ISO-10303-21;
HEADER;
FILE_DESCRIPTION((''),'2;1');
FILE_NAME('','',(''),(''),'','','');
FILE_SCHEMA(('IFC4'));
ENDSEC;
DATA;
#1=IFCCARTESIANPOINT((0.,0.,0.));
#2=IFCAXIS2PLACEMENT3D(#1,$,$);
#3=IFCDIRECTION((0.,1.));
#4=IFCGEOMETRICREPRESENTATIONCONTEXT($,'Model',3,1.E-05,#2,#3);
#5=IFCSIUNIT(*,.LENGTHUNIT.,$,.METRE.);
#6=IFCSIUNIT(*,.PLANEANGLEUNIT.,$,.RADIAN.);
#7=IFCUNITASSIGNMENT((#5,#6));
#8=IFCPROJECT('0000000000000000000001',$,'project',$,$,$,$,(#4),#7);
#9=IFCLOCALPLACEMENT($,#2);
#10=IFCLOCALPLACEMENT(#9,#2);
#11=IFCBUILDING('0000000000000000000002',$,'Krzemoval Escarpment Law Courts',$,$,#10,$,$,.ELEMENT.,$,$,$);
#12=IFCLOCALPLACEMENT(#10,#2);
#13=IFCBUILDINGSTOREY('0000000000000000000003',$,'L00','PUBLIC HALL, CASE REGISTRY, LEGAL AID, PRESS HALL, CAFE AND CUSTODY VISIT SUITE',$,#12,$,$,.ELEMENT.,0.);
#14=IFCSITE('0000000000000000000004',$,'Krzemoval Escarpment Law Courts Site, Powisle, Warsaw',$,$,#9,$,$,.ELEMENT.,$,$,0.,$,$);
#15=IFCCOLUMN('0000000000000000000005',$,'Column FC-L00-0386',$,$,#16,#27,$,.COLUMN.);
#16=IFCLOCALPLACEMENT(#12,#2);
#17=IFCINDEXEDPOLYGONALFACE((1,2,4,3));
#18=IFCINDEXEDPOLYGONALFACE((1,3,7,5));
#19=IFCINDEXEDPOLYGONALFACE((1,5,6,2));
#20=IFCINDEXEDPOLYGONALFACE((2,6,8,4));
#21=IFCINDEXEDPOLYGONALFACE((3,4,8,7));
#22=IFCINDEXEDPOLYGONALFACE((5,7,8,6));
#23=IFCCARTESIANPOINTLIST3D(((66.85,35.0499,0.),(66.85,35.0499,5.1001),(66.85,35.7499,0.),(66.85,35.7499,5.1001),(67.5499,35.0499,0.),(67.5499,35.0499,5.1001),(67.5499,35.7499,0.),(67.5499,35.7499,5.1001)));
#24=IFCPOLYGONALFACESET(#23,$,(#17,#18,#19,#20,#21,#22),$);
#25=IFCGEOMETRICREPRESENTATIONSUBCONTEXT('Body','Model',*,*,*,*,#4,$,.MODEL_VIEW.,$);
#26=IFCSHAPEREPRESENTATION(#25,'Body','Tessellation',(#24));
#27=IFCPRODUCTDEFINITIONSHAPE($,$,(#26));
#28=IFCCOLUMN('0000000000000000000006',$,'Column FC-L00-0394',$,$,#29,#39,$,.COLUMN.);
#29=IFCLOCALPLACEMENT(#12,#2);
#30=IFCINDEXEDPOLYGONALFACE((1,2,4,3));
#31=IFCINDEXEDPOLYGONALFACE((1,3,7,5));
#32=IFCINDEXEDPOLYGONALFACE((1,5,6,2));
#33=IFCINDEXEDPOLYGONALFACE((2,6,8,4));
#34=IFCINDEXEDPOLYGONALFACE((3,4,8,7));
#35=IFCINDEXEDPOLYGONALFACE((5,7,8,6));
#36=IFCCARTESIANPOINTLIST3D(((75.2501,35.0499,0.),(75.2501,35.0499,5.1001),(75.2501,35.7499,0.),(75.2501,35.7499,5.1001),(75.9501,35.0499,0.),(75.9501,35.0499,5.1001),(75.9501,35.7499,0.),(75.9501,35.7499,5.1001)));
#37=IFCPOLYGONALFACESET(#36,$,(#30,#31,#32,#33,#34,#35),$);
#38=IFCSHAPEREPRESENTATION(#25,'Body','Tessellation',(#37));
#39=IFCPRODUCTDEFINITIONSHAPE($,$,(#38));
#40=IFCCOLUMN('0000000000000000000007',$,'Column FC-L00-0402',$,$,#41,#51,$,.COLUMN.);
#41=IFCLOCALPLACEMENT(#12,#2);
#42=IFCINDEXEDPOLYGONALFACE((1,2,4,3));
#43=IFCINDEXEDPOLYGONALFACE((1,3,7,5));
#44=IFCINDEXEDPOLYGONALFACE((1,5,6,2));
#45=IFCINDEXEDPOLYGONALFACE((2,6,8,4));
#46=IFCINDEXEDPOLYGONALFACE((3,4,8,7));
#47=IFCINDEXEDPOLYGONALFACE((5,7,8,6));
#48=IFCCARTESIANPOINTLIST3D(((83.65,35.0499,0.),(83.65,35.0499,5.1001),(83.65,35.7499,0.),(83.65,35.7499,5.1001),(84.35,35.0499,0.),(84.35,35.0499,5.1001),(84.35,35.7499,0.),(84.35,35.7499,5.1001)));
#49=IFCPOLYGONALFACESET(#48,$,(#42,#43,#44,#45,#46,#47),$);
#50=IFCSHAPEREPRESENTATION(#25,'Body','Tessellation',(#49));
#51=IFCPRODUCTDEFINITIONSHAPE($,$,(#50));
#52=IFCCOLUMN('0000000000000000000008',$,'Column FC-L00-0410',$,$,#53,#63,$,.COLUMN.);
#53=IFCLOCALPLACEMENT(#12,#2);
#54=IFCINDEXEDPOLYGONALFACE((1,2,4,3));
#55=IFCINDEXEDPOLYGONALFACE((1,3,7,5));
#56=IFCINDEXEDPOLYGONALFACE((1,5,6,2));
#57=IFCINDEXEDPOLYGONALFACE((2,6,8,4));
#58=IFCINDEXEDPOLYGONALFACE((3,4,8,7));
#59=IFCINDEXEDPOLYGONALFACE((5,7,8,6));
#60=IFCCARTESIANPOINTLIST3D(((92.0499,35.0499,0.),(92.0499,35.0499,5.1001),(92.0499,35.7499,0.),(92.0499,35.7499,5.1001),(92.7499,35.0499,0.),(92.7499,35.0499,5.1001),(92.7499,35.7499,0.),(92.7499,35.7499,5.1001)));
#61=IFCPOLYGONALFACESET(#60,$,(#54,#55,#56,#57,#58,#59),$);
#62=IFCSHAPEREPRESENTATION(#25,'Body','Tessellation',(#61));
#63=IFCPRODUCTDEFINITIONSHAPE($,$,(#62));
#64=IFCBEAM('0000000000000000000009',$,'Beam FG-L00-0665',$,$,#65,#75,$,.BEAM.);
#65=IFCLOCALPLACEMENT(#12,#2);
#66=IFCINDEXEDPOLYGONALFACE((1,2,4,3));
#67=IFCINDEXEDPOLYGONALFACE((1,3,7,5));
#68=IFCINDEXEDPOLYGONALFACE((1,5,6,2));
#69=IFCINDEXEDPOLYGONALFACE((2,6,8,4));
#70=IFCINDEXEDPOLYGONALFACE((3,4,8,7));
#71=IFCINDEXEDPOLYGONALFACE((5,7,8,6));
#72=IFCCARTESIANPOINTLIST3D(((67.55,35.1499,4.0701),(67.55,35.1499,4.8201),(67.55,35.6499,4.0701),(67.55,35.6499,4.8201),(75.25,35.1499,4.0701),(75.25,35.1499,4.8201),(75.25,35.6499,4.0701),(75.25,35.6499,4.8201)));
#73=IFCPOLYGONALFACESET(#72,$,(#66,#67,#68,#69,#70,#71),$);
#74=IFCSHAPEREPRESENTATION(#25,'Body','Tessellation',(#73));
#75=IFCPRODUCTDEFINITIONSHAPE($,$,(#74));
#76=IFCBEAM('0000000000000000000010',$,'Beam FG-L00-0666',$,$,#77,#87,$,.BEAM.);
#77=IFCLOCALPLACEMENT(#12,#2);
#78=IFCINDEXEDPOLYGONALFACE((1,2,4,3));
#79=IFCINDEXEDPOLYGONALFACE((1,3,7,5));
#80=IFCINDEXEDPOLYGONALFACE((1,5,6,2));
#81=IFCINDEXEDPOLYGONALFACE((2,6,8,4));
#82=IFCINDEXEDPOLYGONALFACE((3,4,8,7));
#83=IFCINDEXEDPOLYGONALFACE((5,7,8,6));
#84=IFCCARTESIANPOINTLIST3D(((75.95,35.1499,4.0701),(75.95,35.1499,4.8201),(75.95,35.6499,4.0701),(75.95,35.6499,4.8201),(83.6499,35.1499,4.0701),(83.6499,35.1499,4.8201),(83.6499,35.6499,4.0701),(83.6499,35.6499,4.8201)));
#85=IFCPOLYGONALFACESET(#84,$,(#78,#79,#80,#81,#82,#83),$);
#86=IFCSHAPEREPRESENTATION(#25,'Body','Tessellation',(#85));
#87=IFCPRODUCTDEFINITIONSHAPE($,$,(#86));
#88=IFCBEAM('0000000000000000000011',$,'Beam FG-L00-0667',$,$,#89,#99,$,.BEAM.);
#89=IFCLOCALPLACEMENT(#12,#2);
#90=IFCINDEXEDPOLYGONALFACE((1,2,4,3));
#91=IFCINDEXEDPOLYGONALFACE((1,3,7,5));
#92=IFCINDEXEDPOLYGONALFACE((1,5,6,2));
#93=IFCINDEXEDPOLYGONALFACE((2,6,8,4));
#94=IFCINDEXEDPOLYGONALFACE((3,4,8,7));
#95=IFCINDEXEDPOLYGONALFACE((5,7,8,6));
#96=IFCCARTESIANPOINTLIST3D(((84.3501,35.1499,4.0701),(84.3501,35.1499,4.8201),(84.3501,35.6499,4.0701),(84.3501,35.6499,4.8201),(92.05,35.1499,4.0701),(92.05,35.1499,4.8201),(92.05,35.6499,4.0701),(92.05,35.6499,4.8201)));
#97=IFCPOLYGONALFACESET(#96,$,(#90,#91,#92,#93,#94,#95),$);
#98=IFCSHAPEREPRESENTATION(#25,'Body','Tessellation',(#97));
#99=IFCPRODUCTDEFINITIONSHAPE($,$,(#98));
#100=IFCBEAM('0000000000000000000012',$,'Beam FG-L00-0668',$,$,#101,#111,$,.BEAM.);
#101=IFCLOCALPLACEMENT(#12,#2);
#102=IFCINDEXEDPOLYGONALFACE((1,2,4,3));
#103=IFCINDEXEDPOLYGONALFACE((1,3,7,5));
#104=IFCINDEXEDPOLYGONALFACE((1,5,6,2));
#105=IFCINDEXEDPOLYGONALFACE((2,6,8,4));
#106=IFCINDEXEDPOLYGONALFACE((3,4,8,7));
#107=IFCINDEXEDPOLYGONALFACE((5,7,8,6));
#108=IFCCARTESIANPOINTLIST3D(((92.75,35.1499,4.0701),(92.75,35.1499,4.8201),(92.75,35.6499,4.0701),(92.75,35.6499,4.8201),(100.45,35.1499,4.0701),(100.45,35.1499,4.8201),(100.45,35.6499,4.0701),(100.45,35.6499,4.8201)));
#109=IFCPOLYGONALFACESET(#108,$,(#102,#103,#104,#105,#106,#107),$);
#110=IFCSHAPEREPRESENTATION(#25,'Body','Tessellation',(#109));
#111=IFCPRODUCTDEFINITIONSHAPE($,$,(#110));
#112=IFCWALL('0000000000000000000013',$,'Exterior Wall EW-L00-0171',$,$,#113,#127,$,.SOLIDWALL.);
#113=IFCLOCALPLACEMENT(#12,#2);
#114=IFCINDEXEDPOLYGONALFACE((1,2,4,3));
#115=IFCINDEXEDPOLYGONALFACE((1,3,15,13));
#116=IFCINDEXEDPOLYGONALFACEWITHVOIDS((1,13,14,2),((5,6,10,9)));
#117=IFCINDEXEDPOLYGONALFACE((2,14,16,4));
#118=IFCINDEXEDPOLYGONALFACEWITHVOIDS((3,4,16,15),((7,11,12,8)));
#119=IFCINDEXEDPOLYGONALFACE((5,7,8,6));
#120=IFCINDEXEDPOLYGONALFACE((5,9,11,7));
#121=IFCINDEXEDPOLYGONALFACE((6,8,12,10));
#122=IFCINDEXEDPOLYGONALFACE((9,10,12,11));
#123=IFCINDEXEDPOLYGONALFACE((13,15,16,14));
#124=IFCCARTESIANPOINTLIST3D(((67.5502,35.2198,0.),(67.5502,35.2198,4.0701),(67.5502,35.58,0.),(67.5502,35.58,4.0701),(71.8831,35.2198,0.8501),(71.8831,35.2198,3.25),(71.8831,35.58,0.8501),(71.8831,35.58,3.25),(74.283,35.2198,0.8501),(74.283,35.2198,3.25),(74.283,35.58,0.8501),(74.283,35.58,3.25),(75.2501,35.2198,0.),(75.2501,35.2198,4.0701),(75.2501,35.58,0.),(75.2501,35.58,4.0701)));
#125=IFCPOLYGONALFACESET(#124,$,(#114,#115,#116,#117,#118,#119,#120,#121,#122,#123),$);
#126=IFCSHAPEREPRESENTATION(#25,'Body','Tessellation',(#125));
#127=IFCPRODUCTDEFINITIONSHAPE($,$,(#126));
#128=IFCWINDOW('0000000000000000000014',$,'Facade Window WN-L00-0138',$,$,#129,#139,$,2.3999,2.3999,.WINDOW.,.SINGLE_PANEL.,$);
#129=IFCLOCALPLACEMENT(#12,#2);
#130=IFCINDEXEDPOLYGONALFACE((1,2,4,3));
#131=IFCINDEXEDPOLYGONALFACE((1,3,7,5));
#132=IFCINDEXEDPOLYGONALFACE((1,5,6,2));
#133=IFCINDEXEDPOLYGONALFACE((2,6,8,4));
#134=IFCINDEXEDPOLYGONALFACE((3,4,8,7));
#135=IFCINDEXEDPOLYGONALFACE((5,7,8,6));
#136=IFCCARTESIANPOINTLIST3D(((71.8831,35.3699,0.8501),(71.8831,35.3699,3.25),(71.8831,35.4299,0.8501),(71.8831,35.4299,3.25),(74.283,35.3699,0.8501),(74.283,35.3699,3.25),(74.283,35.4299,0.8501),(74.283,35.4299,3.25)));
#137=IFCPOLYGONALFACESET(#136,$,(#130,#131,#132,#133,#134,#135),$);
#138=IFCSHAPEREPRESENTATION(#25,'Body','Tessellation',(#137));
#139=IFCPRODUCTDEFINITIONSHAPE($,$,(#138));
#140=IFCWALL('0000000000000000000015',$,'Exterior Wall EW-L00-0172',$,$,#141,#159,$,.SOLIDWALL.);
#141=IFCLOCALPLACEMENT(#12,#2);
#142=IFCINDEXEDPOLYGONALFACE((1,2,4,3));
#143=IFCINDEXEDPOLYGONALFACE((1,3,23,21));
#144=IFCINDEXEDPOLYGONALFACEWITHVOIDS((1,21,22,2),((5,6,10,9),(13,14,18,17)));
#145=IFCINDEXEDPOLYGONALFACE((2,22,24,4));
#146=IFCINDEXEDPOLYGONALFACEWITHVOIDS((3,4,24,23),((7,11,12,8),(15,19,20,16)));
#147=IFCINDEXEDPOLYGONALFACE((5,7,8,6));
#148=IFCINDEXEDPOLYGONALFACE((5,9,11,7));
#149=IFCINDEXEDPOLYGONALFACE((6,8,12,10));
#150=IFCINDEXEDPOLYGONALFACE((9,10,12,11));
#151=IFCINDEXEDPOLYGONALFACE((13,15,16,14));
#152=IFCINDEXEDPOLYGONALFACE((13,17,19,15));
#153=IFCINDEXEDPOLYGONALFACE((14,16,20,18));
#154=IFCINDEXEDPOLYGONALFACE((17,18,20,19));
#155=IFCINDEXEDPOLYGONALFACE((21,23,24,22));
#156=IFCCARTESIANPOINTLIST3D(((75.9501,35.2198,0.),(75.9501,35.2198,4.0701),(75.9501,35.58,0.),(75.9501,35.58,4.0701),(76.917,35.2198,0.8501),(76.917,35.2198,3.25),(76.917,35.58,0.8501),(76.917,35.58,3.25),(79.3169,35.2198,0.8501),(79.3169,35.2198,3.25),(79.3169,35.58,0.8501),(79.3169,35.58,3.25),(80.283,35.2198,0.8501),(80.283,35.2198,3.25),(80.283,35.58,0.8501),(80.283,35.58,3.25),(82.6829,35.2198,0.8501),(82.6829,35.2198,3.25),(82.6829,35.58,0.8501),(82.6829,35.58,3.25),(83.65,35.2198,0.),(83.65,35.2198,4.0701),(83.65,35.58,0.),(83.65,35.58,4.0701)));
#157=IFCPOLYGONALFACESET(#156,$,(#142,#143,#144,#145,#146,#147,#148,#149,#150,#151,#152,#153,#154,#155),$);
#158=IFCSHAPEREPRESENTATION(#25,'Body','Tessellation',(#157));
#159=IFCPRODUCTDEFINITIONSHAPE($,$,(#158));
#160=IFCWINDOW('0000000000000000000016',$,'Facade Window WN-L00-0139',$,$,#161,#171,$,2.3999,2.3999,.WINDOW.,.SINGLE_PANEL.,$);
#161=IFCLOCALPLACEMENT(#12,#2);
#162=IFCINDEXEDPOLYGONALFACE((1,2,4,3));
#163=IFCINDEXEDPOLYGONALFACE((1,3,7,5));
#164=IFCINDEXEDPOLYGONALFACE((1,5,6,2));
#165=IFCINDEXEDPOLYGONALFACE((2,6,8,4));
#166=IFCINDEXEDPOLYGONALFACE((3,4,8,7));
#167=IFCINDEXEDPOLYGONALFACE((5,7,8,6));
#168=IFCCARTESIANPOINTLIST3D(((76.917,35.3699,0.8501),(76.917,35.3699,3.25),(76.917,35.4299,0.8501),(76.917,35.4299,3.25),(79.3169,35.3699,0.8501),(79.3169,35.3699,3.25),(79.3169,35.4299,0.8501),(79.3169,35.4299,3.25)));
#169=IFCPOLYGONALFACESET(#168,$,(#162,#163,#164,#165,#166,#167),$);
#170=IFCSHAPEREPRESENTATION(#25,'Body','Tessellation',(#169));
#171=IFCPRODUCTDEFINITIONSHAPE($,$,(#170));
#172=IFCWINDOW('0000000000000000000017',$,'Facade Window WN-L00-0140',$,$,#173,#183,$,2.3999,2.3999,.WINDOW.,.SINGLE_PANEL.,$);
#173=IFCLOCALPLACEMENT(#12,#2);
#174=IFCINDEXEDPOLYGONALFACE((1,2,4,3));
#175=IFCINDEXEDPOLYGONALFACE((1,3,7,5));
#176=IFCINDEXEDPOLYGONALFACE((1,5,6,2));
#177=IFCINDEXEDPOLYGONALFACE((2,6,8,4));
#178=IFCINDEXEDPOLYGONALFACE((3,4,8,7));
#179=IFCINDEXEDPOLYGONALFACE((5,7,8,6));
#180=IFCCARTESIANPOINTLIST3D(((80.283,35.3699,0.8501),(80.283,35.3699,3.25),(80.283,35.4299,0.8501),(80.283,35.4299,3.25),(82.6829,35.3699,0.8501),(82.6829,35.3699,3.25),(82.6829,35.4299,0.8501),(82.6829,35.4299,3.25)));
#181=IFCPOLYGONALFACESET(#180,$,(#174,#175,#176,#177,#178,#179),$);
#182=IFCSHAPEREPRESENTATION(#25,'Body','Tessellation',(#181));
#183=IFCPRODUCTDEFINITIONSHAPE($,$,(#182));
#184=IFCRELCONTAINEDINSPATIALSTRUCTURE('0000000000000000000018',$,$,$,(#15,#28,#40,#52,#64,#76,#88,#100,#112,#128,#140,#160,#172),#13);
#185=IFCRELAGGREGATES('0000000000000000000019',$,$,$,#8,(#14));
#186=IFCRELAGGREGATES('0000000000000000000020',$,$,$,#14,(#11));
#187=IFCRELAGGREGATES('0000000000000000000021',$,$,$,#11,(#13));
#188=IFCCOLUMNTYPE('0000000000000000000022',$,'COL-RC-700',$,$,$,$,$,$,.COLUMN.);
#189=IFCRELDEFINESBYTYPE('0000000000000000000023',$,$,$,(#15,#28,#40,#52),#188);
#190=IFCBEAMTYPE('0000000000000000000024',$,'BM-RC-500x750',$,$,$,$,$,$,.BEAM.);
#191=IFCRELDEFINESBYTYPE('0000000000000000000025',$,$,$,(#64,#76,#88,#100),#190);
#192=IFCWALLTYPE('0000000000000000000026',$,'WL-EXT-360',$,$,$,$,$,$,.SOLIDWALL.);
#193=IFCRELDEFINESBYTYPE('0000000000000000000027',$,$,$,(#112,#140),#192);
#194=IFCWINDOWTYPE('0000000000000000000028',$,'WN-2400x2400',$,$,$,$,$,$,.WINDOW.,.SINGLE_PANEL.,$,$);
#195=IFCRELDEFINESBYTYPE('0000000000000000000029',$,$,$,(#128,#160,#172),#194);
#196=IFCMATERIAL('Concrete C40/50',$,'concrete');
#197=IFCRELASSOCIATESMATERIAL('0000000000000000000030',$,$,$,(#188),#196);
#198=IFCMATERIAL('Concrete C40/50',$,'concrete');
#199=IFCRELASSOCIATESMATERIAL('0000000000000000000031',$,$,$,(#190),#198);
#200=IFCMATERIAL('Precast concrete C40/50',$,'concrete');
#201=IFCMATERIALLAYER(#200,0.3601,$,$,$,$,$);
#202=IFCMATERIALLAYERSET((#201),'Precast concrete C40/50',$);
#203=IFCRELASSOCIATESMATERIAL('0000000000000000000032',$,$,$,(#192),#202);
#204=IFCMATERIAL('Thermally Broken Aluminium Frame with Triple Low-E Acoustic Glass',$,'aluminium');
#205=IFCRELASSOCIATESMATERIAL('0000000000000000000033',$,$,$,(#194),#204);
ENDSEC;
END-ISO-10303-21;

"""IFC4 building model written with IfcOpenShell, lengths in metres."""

from ifc_helpers import new_model, si_unit, direction, frame, frame_2d, origin, origin_2d, place, context, subcontext, project, spatial, rectangle, extrude, material, layer, layer_set, material_profile, profile_set, type_object, element, fill, save


model = new_model("IFC4")

# Units and contexts
model_context = context("Model", 3, precision=1e-05, world=origin(), true_north=direction((0.0, 1.0)))
body_context = subcontext(model_context, "Body", "Model", "MODEL_VIEW")
ifc_project = project(units=[si_unit("LENGTHUNIT", "METRE"), si_unit("PLANEANGLEUNIT", "RADIAN")], contexts=[model_context])

# Site, building, storey
site_placement = place(None, origin())
site = spatial("IfcSite", under=ifc_project, at=site_placement, Name="Krzemoval Escarpment Law Courts Site, Powisle, Warsaw", CompositionType="ELEMENT", RefElevation=0.0)
building_placement = place(site_placement, origin())
building = spatial("IfcBuilding", under=site, at=building_placement, Name="Krzemoval Escarpment Law Courts", CompositionType="ELEMENT")
storey_placement = place(building_placement, origin())
storey = spatial("IfcBuildingStorey", under=building, at=storey_placement, Name="L00", Description="PUBLIC HALL, CASE REGISTRY, LEGAL AID, PRESS HALL, CAFE AND CUSTODY VISIT SUITE", CompositionType="ELEMENT", Elevation=0.0)

# Columns
ifc_material_1 = material(Name="Concrete C40/50", Category="concrete")
ifc_material_profile_1 = material_profile(ifc_material_1, rectangle(XDim=0.7, YDim=0.7, at=origin_2d()), Name="RC 700x700")
ifc_profile_set_1 = profile_set([ifc_material_profile_1], Name="Concrete C40/50")
column_type = type_object("IfcColumnType", Name="COL-RC-700", PredefinedType="COLUMN", material=ifc_profile_set_1)
for number, where, z_axis, x_axis, name in (
    (1, (67.2, 35.3999, 0.0), (0.0, 0.0, 1.0), (1.0, 0.0, 0.0), "Column FC-L00-0386"),
    (2, (75.6001, 35.3999, 0.0), (0.0, 0.0, 1.0), (1.0, 0.0, 0.0), "Column FC-L00-0394"),
    (3, (84.0, 35.3999, 0.0), (0.0, 0.0, 1.0), (1.0, 0.0, 0.0), "Column FC-L00-0402"),
    (4, (92.3999, 35.3999, 0.0), (0.0, 0.0, 1.0), (1.0, 0.0, 0.0), "Column FC-L00-0410"),
):
    element("IfcColumn", number, at=place(storey_placement, frame(where, z_axis=z_axis, x_axis=x_axis)), inside=storey, type_object=column_type, Name=name, PredefinedType="COLUMN", context=body_context, shape_type="SweptSolid", body=[
        extrude(rectangle(XDim=0.7, YDim=0.7, at=origin_2d()), origin(), (0.0, 0.0, 1.0), 5.1001),
    ])

# Beams
ifc_material_2 = material(Name="Concrete C40/50", Category="concrete")
ifc_material_profile_2 = material_profile(ifc_material_2, rectangle(XDim=0.5, YDim=0.75, at=origin_2d()), Name="RCB 500x750")
ifc_profile_set_2 = profile_set([ifc_material_profile_2], Name="Concrete C40/50")
beam_type = type_object("IfcBeamType", Name="BM-RC-500x750", PredefinedType="BEAM", material=ifc_profile_set_2)
for number, where, z_axis, x_axis, name in (
    (5, (67.55, 35.3999, 4.4451), (1.0, 0.0, 0.0), (0.0, 1.0, 0.0), "Beam FG-L00-0665"),
    (6, (75.95, 35.3999, 4.4451), (1.0, 0.0, 0.0), (0.0, 1.0, 0.0), "Beam FG-L00-0666"),
    (7, (84.3501, 35.3999, 4.4451), (1.0, 0.0, 0.0), (0.0, 1.0, 0.0), "Beam FG-L00-0667"),
    (8, (92.75, 35.3999, 4.4451), (1.0, 0.0, 0.0), (0.0, 1.0, 0.0), "Beam FG-L00-0668"),
):
    element("IfcBeam", number, at=place(storey_placement, frame(where, z_axis=z_axis, x_axis=x_axis)), inside=storey, type_object=beam_type, Name=name, PredefinedType="BEAM", context=body_context, shape_type="SweptSolid", body=[
        extrude(rectangle(XDim=0.5, YDim=0.75, at=origin_2d()), origin(), (0.0, 0.0, 1.0), 7.7),
    ])

# Wall, opening, window
ifc_material_3 = material(Name="Precast concrete C40/50", Category="concrete")
ifc_layer_1 = layer(ifc_material_3, 0.3601)
ifc_layer_set_1 = layer_set([ifc_layer_1], Name="Precast concrete C40/50")
wall_type_1 = type_object("IfcWallType", Name="WL-EXT-360", PredefinedType="SOLIDWALL", material=ifc_layer_set_1)
wall_1_placement = place(storey_placement, frame((67.55, 35.3999, 0.0), z_axis=(0.0, 0.0, 1.0), x_axis=(1.0, 0.0, 0.0)))
wall_1 = element("IfcWall", 9, at=wall_1_placement, inside=storey, type_object=wall_type_1, Name="Exterior Wall EW-L00-0171", PredefinedType="SOLIDWALL", context=body_context, shape_type="SweptSolid", body=[
    extrude(rectangle(XDim=7.7, YDim=0.3601, at=frame_2d((3.8501, 0.0))), origin(), (0.0, 0.0, 1.0), 4.0701),
])
opening_1_placement = place(wall_1_placement, frame((4.333, 0.0, 0.8501)))
opening_1 = element("IfcOpeningElement", 10, at=opening_1_placement, cuts=wall_1, PredefinedType="OPENING", context=body_context, shape_type="SweptSolid", body=[
    extrude(rectangle(XDim=2.3999, YDim=2.3999, at=frame_2d((1.2, 1.2))), frame((0.0, 0.1951, 0.0), z_axis=(0.0, -1.0, 0.0), x_axis=(1.0, 0.0, 0.0)), (0.0, 0.0, 1.0), 0.3901),
])
ifc_material_4 = material(Name="Thermally Broken Aluminium Frame with Triple Low-E Acoustic Glass", Category="aluminium")
window_type = type_object("IfcWindowType", Name="WN-2400x2400", PartitioningType="SINGLE_PANEL", PredefinedType="WINDOW", material=ifc_material_4)
window_1_placement = place(opening_1_placement, origin())
window_1 = element("IfcWindow", 11, at=window_1_placement, inside=storey, type_object=window_type, Name="Facade Window WN-L00-0138", OverallHeight=2.3999, OverallWidth=2.3999, PartitioningType="SINGLE_PANEL", PredefinedType="WINDOW", context=body_context, shape_type="SweptSolid", body=[
    extrude(rectangle(XDim=2.3999, YDim=2.3999, at=frame_2d((1.2, 1.2))), frame((0.0, 0.03, 0.0), z_axis=(0.0, -1.0, 0.0), x_axis=(1.0, 0.0, 0.0)), (0.0, 0.0, 1.0), 0.0601),
])
fill(opening_1, window_1)

# Wall, openings, windows
wall_2_placement = place(storey_placement, frame((75.95, 35.3999, 0.0), z_axis=(0.0, 0.0, 1.0), x_axis=(1.0, 0.0, 0.0)))
wall_2 = element("IfcWall", 12, at=wall_2_placement, inside=storey, type_object=wall_type_1, Name="Exterior Wall EW-L00-0172", PredefinedType="SOLIDWALL", context=body_context, shape_type="SweptSolid", body=[
    extrude(rectangle(XDim=7.7, YDim=0.3601, at=frame_2d((3.8501, 0.0))), origin(), (0.0, 0.0, 1.0), 4.0701),
])
opening_2_placement = place(wall_2_placement, frame((0.967, 0.0, 0.8501)))
opening_2 = element("IfcOpeningElement", 13, at=opening_2_placement, cuts=wall_2, PredefinedType="OPENING", context=body_context, shape_type="SweptSolid", body=[
    extrude(rectangle(XDim=2.3999, YDim=2.3999, at=frame_2d((1.2, 1.2))), frame((0.0, 0.1951, 0.0), z_axis=(0.0, -1.0, 0.0), x_axis=(1.0, 0.0, 0.0)), (0.0, 0.0, 1.0), 0.3901),
])
opening_3_placement = place(wall_2_placement, frame((4.333, 0.0, 0.8501)))
opening_3 = element("IfcOpeningElement", 14, at=opening_3_placement, cuts=wall_2, PredefinedType="OPENING", context=body_context, shape_type="SweptSolid", body=[
    extrude(rectangle(XDim=2.3999, YDim=2.3999, at=frame_2d((1.2, 1.2))), frame((0.0, 0.1951, 0.0), z_axis=(0.0, -1.0, 0.0), x_axis=(1.0, 0.0, 0.0)), (0.0, 0.0, 1.0), 0.3901),
])
window_2_placement = place(opening_2_placement, origin())
window_2 = element("IfcWindow", 15, at=window_2_placement, inside=storey, type_object=window_type, Name="Facade Window WN-L00-0139", OverallHeight=2.3999, OverallWidth=2.3999, PartitioningType="SINGLE_PANEL", PredefinedType="WINDOW", context=body_context, shape_type="SweptSolid", body=[
    extrude(rectangle(XDim=2.3999, YDim=2.3999, at=frame_2d((1.2, 1.2))), frame((0.0, 0.03, 0.0), z_axis=(0.0, -1.0, 0.0), x_axis=(1.0, 0.0, 0.0)), (0.0, 0.0, 1.0), 0.0601),
])
fill(opening_2, window_2)
window_3_placement = place(opening_3_placement, origin())
window_3 = element("IfcWindow", 16, at=window_3_placement, inside=storey, type_object=window_type, Name="Facade Window WN-L00-0140", OverallHeight=2.3999, OverallWidth=2.3999, PartitioningType="SINGLE_PANEL", PredefinedType="WINDOW", context=body_context, shape_type="SweptSolid", body=[
    extrude(rectangle(XDim=2.3999, YDim=2.3999, at=frame_2d((1.2, 1.2))), frame((0.0, 0.03, 0.0), z_axis=(0.0, -1.0, 0.0), x_axis=(1.0, 0.0, 0.0)), (0.0, 0.0, 1.0), 0.0601),
])
fill(opening_3, window_3)

save(model, "model.ifc")
